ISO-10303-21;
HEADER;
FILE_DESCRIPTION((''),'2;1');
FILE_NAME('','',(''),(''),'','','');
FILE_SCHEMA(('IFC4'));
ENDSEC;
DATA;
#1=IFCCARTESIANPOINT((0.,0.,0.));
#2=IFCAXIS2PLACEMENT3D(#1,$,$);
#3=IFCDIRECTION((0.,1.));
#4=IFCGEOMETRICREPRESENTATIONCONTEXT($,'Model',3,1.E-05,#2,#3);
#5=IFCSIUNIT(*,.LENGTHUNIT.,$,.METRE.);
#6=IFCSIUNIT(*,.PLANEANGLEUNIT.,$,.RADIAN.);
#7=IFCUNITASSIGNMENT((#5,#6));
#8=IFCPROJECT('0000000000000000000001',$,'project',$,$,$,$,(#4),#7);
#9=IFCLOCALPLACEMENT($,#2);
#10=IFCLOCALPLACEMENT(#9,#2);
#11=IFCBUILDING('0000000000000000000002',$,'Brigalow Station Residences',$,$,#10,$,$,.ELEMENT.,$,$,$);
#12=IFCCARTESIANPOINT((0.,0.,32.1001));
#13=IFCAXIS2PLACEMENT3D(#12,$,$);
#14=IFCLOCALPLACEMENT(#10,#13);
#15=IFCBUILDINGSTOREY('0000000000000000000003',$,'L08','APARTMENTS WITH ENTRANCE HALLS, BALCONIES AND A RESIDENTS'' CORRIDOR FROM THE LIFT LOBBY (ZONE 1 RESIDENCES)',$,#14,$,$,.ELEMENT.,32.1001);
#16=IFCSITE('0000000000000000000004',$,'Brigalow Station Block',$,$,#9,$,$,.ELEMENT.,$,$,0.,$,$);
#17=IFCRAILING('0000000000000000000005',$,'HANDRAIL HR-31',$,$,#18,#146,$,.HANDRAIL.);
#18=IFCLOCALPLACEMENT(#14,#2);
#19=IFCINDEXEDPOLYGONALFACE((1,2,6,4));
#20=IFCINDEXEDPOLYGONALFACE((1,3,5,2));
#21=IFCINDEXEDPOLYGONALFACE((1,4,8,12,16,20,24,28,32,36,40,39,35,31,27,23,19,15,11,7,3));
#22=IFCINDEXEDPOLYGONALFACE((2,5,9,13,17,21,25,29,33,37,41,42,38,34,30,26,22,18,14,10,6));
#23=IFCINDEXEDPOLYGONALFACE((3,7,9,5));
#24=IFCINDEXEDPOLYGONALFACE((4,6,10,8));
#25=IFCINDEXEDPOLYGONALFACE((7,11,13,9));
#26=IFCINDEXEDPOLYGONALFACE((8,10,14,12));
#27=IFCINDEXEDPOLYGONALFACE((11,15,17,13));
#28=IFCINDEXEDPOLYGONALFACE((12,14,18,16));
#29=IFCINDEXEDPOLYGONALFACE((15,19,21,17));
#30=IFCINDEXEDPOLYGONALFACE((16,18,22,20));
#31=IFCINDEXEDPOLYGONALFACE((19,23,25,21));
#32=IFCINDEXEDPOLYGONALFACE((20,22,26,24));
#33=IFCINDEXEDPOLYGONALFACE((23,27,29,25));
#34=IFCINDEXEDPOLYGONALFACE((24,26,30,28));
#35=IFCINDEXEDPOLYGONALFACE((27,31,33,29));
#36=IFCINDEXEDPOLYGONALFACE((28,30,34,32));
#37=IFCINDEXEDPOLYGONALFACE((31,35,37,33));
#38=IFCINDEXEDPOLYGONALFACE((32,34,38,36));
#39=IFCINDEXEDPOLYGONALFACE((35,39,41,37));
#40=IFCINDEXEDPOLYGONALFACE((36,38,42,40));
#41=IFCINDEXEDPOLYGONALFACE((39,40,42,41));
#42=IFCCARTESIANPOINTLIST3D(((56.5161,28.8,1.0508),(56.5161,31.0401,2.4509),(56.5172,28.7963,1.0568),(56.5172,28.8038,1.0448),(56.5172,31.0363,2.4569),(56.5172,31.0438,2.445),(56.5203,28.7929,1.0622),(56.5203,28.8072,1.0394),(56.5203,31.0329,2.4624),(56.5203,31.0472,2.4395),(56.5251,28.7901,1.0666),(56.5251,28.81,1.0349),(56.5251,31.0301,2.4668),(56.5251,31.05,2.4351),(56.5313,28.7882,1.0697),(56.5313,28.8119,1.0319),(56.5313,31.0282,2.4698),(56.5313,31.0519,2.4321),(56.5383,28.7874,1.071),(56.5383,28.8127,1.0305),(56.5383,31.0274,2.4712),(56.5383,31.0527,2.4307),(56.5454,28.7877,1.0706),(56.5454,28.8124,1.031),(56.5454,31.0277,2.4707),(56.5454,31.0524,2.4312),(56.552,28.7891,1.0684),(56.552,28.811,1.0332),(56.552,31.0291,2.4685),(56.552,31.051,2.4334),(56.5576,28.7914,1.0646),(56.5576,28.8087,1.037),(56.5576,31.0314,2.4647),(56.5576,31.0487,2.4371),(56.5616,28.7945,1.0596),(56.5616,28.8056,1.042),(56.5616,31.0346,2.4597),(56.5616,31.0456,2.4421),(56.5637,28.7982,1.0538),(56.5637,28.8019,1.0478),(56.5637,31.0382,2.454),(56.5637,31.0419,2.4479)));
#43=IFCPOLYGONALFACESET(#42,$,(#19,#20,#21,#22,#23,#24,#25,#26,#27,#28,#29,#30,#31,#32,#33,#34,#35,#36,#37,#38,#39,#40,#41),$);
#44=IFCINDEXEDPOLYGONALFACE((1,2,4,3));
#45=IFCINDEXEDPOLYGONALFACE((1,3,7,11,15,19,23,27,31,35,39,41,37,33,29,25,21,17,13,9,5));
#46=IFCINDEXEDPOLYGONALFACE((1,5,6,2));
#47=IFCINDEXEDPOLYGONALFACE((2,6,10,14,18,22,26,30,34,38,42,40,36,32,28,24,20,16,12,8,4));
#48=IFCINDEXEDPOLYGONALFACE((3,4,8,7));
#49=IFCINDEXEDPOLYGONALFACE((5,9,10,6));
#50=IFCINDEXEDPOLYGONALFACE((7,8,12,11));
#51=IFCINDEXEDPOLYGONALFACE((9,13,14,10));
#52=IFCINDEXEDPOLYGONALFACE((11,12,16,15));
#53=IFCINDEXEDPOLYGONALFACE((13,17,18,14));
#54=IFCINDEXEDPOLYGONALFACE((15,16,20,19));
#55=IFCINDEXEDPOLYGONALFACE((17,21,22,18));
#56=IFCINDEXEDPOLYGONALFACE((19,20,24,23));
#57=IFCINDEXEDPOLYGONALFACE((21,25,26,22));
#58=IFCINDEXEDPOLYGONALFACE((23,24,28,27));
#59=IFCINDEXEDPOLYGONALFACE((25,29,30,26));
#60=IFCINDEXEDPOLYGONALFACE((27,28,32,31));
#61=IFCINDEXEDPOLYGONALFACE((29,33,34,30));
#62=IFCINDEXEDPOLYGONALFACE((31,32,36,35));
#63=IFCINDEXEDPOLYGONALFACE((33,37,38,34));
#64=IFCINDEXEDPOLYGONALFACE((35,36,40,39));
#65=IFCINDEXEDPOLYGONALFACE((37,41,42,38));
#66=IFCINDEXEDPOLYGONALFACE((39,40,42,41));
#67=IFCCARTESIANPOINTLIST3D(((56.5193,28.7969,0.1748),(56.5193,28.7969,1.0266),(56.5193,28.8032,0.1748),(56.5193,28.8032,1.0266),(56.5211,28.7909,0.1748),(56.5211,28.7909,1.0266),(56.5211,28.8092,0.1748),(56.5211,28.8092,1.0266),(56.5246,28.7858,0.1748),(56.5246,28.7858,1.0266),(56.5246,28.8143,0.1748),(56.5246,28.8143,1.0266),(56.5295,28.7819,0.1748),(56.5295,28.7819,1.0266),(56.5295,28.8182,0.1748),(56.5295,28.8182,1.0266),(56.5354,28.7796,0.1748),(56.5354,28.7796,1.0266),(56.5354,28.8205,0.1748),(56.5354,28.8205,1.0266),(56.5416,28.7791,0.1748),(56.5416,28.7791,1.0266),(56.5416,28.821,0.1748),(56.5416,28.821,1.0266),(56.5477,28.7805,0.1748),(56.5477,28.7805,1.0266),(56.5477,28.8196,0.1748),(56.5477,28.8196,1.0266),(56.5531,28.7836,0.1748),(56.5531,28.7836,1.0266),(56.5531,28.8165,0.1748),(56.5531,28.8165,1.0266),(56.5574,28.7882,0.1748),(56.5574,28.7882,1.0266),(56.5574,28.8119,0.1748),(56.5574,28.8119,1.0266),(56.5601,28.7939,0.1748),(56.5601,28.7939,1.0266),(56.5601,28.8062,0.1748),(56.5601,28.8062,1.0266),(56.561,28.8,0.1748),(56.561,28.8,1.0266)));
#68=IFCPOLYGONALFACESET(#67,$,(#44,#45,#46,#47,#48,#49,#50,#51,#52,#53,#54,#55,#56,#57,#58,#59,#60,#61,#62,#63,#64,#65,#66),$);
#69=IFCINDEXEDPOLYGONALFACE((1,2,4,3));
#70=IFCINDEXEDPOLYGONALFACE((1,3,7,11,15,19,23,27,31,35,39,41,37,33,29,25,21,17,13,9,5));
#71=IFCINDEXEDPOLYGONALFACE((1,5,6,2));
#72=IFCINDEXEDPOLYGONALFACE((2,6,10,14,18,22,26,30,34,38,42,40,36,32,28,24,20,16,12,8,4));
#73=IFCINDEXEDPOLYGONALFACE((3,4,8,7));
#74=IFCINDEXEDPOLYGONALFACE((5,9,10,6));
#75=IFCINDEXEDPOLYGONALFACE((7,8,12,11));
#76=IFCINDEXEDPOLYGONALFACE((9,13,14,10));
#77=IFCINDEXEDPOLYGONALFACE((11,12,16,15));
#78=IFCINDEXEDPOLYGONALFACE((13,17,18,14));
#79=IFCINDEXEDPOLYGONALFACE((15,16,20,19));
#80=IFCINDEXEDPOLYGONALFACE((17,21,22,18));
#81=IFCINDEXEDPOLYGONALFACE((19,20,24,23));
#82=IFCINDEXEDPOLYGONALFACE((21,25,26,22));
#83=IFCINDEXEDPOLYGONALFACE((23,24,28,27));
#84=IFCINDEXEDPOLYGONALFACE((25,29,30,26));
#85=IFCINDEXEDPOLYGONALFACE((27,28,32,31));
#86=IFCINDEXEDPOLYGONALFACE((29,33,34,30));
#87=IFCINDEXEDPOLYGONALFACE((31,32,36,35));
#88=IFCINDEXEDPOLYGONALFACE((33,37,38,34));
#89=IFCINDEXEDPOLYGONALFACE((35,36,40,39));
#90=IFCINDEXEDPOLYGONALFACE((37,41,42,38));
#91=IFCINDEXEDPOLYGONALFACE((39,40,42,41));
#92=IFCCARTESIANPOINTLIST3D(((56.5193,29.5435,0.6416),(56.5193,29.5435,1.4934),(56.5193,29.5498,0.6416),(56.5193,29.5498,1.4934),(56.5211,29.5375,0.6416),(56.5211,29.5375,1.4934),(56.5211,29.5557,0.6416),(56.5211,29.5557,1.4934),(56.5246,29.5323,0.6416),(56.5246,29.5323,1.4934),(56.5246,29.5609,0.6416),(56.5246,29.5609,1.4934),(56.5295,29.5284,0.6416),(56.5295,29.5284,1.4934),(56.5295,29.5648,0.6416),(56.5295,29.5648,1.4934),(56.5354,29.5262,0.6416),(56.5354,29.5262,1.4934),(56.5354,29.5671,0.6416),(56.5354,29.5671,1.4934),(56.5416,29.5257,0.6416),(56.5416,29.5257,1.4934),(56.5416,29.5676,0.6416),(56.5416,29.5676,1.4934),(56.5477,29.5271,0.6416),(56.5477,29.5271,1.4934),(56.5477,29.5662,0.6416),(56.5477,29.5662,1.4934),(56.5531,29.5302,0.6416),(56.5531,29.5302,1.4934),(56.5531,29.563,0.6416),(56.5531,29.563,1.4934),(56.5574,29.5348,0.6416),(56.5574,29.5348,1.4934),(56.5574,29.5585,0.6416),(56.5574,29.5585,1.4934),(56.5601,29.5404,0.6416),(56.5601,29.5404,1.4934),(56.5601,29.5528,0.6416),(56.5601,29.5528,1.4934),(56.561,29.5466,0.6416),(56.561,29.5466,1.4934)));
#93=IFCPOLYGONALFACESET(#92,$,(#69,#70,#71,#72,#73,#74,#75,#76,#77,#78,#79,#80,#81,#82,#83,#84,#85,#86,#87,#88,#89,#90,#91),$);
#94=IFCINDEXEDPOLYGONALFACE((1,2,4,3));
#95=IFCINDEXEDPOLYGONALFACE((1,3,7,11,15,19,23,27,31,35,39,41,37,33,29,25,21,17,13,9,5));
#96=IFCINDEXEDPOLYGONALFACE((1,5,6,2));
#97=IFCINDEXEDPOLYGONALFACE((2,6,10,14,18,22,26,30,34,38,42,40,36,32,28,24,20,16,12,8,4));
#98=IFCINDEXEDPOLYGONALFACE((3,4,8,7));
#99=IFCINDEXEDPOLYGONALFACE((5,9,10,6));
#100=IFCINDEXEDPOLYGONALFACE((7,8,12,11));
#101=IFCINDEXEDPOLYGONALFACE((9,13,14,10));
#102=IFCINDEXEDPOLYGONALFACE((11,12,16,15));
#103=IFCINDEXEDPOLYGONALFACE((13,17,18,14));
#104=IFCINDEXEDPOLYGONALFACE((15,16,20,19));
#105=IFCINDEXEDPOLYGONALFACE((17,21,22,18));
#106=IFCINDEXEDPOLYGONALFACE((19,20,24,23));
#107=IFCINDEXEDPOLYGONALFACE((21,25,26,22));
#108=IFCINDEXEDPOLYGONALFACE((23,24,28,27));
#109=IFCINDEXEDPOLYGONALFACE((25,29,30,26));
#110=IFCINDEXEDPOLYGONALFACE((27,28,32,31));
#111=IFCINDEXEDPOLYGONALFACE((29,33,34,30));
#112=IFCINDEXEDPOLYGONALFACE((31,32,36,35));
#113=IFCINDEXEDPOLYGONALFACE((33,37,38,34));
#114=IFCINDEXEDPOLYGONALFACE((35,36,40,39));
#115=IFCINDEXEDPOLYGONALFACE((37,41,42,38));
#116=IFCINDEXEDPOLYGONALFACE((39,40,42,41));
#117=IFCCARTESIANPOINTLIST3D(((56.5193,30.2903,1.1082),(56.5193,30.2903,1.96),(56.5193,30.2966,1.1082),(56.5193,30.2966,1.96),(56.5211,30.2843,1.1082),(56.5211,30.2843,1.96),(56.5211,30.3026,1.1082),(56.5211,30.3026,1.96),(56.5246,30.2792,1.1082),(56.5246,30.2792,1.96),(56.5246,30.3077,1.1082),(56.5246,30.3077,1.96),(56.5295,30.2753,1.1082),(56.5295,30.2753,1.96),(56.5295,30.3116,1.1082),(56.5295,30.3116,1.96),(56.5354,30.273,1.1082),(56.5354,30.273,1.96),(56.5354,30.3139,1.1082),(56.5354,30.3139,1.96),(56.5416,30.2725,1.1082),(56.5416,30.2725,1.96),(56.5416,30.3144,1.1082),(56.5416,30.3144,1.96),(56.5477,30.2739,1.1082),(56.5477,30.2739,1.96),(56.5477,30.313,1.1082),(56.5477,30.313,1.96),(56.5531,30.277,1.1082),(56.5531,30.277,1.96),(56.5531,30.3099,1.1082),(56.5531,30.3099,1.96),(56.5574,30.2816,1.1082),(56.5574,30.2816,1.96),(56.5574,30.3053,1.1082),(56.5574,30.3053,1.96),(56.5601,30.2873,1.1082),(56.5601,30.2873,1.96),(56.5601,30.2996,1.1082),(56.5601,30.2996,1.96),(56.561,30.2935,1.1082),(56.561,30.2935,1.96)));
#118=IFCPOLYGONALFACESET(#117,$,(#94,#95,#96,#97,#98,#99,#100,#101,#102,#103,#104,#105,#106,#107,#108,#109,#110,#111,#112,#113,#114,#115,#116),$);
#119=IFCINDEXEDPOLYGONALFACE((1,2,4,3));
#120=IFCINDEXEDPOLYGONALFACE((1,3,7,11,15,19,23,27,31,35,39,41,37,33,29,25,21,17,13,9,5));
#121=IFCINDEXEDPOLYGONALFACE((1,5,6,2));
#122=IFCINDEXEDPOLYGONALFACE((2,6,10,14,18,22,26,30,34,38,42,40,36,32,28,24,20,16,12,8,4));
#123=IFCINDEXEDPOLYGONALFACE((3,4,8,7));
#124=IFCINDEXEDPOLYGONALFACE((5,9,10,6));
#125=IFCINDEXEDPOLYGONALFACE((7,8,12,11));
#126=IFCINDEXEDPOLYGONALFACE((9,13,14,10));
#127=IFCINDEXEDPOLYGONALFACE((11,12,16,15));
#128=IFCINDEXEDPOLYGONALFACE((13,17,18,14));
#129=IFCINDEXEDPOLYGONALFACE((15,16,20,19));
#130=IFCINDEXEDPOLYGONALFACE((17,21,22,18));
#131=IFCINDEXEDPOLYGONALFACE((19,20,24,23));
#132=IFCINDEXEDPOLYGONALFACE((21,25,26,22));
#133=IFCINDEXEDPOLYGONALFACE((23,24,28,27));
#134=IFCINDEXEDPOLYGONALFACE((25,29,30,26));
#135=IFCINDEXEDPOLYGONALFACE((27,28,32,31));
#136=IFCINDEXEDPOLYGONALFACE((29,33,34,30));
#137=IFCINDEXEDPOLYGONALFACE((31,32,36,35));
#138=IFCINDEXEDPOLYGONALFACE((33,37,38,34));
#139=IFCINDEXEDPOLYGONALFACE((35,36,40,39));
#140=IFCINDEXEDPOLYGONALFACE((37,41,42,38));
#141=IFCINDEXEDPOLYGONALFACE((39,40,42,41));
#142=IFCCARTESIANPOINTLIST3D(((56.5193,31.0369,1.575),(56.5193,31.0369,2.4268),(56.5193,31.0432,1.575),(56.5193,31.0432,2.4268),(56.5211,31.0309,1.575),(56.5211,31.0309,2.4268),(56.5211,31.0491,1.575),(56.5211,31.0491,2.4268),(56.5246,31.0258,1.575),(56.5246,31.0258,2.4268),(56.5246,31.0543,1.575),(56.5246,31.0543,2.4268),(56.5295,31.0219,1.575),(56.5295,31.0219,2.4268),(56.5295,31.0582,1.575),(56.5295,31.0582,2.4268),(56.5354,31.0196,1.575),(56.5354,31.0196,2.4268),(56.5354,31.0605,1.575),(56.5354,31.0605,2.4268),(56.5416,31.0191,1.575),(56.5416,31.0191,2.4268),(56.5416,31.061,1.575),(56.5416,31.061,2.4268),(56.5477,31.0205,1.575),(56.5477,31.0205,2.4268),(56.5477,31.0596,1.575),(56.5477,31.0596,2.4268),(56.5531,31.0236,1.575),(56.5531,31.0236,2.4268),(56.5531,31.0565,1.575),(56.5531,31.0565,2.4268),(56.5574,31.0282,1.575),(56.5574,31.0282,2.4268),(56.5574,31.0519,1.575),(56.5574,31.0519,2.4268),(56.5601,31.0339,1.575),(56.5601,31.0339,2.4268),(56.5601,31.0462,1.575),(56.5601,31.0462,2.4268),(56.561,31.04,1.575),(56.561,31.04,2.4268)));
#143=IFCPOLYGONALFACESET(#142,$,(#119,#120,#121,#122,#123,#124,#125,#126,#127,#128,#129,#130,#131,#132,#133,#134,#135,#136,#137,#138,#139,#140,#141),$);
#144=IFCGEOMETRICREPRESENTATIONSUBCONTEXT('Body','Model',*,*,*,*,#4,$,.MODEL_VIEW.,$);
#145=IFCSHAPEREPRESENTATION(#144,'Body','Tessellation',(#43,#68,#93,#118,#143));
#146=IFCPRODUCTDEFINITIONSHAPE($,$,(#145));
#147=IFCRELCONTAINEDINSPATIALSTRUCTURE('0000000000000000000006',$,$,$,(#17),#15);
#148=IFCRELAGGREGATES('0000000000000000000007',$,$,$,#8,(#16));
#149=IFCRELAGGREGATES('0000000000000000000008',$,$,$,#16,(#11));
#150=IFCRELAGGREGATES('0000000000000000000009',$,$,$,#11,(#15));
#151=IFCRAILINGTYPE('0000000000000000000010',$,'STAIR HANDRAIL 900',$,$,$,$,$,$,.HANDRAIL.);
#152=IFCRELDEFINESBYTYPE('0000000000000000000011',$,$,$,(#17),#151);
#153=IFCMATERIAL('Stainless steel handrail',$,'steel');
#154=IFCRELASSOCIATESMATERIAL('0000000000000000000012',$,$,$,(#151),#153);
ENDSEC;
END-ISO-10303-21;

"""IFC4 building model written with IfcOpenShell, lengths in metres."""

from ifc_helpers import new_model, si_unit, direction, frame, origin, origin_2d, place, context, subcontext, project, spatial, circle, extrude, material, type_object, element, save


model = new_model("IFC4")

# Units and contexts
model_context = context("Model", 3, precision=1e-05, world=origin(), true_north=direction((0.0, 1.0)))
body_context = subcontext(model_context, "Body", "Model", "MODEL_VIEW")
ifc_project = project(units=[si_unit("LENGTHUNIT", "METRE"), si_unit("PLANEANGLEUNIT", "RADIAN")], contexts=[model_context])

# Site, building, storey
site_placement = place(None, origin())
site = spatial("IfcSite", under=ifc_project, at=site_placement, Name="Brigalow Station Block", CompositionType="ELEMENT", RefElevation=0.0)
building_placement = place(site_placement, origin())
building = spatial("IfcBuilding", under=site, at=building_placement, Name="Brigalow Station Residences", CompositionType="ELEMENT")
storey_placement = place(building_placement, frame((0.0, 0.0, 32.1001)))
storey = spatial("IfcBuildingStorey", under=building, at=storey_placement, Name="L08", Description="APARTMENTS WITH ENTRANCE HALLS, BALCONIES AND A RESIDENTS' CORRIDOR FROM THE LIFT LOBBY (ZONE 1 RESIDENCES)", CompositionType="ELEMENT", Elevation=32.1001)

# Railing
ifc_material_1 = material(Name="Stainless steel handrail", Category="steel")
railing_type = type_object("IfcRailingType", Name="STAIR HANDRAIL 900", PredefinedType="HANDRAIL", material=ifc_material_1)
railing_placement = place(storey_placement, frame((56.54, 28.8, 0.1748)))
element("IfcRailing", 1, at=railing_placement, inside=storey, type_object=railing_type, Name="HANDRAIL HR-31", PredefinedType="HANDRAIL", context=body_context, shape_type="SweptSolid", body=[
    extrude(circle(Radius=0.0239, at=origin_2d()), frame((0.0, 0.0, 0.876), z_axis=(0.0, 0.847972, 0.53004), x_axis=(-1.0, 0.0, 0.0)), (0.0, 0.0, 1.0), 2.6416),
    extrude(circle(Radius=0.021, at=origin_2d()), origin(), (0.0, 0.0, 1.0), 0.8518),
    extrude(circle(Radius=0.021, at=origin_2d()), frame((0.0, 0.7466, 0.4668)), (0.0, 0.0, 1.0), 0.8518),
    extrude(circle(Radius=0.021, at=origin_2d()), frame((0.0, 1.4934, 0.9333)), (0.0, 0.0, 1.0), 0.8518),
    extrude(circle(Radius=0.021, at=origin_2d()), frame((0.0, 2.24, 1.4001)), (0.0, 0.0, 1.0), 0.8518),
])

save(model, "model.ifc")
